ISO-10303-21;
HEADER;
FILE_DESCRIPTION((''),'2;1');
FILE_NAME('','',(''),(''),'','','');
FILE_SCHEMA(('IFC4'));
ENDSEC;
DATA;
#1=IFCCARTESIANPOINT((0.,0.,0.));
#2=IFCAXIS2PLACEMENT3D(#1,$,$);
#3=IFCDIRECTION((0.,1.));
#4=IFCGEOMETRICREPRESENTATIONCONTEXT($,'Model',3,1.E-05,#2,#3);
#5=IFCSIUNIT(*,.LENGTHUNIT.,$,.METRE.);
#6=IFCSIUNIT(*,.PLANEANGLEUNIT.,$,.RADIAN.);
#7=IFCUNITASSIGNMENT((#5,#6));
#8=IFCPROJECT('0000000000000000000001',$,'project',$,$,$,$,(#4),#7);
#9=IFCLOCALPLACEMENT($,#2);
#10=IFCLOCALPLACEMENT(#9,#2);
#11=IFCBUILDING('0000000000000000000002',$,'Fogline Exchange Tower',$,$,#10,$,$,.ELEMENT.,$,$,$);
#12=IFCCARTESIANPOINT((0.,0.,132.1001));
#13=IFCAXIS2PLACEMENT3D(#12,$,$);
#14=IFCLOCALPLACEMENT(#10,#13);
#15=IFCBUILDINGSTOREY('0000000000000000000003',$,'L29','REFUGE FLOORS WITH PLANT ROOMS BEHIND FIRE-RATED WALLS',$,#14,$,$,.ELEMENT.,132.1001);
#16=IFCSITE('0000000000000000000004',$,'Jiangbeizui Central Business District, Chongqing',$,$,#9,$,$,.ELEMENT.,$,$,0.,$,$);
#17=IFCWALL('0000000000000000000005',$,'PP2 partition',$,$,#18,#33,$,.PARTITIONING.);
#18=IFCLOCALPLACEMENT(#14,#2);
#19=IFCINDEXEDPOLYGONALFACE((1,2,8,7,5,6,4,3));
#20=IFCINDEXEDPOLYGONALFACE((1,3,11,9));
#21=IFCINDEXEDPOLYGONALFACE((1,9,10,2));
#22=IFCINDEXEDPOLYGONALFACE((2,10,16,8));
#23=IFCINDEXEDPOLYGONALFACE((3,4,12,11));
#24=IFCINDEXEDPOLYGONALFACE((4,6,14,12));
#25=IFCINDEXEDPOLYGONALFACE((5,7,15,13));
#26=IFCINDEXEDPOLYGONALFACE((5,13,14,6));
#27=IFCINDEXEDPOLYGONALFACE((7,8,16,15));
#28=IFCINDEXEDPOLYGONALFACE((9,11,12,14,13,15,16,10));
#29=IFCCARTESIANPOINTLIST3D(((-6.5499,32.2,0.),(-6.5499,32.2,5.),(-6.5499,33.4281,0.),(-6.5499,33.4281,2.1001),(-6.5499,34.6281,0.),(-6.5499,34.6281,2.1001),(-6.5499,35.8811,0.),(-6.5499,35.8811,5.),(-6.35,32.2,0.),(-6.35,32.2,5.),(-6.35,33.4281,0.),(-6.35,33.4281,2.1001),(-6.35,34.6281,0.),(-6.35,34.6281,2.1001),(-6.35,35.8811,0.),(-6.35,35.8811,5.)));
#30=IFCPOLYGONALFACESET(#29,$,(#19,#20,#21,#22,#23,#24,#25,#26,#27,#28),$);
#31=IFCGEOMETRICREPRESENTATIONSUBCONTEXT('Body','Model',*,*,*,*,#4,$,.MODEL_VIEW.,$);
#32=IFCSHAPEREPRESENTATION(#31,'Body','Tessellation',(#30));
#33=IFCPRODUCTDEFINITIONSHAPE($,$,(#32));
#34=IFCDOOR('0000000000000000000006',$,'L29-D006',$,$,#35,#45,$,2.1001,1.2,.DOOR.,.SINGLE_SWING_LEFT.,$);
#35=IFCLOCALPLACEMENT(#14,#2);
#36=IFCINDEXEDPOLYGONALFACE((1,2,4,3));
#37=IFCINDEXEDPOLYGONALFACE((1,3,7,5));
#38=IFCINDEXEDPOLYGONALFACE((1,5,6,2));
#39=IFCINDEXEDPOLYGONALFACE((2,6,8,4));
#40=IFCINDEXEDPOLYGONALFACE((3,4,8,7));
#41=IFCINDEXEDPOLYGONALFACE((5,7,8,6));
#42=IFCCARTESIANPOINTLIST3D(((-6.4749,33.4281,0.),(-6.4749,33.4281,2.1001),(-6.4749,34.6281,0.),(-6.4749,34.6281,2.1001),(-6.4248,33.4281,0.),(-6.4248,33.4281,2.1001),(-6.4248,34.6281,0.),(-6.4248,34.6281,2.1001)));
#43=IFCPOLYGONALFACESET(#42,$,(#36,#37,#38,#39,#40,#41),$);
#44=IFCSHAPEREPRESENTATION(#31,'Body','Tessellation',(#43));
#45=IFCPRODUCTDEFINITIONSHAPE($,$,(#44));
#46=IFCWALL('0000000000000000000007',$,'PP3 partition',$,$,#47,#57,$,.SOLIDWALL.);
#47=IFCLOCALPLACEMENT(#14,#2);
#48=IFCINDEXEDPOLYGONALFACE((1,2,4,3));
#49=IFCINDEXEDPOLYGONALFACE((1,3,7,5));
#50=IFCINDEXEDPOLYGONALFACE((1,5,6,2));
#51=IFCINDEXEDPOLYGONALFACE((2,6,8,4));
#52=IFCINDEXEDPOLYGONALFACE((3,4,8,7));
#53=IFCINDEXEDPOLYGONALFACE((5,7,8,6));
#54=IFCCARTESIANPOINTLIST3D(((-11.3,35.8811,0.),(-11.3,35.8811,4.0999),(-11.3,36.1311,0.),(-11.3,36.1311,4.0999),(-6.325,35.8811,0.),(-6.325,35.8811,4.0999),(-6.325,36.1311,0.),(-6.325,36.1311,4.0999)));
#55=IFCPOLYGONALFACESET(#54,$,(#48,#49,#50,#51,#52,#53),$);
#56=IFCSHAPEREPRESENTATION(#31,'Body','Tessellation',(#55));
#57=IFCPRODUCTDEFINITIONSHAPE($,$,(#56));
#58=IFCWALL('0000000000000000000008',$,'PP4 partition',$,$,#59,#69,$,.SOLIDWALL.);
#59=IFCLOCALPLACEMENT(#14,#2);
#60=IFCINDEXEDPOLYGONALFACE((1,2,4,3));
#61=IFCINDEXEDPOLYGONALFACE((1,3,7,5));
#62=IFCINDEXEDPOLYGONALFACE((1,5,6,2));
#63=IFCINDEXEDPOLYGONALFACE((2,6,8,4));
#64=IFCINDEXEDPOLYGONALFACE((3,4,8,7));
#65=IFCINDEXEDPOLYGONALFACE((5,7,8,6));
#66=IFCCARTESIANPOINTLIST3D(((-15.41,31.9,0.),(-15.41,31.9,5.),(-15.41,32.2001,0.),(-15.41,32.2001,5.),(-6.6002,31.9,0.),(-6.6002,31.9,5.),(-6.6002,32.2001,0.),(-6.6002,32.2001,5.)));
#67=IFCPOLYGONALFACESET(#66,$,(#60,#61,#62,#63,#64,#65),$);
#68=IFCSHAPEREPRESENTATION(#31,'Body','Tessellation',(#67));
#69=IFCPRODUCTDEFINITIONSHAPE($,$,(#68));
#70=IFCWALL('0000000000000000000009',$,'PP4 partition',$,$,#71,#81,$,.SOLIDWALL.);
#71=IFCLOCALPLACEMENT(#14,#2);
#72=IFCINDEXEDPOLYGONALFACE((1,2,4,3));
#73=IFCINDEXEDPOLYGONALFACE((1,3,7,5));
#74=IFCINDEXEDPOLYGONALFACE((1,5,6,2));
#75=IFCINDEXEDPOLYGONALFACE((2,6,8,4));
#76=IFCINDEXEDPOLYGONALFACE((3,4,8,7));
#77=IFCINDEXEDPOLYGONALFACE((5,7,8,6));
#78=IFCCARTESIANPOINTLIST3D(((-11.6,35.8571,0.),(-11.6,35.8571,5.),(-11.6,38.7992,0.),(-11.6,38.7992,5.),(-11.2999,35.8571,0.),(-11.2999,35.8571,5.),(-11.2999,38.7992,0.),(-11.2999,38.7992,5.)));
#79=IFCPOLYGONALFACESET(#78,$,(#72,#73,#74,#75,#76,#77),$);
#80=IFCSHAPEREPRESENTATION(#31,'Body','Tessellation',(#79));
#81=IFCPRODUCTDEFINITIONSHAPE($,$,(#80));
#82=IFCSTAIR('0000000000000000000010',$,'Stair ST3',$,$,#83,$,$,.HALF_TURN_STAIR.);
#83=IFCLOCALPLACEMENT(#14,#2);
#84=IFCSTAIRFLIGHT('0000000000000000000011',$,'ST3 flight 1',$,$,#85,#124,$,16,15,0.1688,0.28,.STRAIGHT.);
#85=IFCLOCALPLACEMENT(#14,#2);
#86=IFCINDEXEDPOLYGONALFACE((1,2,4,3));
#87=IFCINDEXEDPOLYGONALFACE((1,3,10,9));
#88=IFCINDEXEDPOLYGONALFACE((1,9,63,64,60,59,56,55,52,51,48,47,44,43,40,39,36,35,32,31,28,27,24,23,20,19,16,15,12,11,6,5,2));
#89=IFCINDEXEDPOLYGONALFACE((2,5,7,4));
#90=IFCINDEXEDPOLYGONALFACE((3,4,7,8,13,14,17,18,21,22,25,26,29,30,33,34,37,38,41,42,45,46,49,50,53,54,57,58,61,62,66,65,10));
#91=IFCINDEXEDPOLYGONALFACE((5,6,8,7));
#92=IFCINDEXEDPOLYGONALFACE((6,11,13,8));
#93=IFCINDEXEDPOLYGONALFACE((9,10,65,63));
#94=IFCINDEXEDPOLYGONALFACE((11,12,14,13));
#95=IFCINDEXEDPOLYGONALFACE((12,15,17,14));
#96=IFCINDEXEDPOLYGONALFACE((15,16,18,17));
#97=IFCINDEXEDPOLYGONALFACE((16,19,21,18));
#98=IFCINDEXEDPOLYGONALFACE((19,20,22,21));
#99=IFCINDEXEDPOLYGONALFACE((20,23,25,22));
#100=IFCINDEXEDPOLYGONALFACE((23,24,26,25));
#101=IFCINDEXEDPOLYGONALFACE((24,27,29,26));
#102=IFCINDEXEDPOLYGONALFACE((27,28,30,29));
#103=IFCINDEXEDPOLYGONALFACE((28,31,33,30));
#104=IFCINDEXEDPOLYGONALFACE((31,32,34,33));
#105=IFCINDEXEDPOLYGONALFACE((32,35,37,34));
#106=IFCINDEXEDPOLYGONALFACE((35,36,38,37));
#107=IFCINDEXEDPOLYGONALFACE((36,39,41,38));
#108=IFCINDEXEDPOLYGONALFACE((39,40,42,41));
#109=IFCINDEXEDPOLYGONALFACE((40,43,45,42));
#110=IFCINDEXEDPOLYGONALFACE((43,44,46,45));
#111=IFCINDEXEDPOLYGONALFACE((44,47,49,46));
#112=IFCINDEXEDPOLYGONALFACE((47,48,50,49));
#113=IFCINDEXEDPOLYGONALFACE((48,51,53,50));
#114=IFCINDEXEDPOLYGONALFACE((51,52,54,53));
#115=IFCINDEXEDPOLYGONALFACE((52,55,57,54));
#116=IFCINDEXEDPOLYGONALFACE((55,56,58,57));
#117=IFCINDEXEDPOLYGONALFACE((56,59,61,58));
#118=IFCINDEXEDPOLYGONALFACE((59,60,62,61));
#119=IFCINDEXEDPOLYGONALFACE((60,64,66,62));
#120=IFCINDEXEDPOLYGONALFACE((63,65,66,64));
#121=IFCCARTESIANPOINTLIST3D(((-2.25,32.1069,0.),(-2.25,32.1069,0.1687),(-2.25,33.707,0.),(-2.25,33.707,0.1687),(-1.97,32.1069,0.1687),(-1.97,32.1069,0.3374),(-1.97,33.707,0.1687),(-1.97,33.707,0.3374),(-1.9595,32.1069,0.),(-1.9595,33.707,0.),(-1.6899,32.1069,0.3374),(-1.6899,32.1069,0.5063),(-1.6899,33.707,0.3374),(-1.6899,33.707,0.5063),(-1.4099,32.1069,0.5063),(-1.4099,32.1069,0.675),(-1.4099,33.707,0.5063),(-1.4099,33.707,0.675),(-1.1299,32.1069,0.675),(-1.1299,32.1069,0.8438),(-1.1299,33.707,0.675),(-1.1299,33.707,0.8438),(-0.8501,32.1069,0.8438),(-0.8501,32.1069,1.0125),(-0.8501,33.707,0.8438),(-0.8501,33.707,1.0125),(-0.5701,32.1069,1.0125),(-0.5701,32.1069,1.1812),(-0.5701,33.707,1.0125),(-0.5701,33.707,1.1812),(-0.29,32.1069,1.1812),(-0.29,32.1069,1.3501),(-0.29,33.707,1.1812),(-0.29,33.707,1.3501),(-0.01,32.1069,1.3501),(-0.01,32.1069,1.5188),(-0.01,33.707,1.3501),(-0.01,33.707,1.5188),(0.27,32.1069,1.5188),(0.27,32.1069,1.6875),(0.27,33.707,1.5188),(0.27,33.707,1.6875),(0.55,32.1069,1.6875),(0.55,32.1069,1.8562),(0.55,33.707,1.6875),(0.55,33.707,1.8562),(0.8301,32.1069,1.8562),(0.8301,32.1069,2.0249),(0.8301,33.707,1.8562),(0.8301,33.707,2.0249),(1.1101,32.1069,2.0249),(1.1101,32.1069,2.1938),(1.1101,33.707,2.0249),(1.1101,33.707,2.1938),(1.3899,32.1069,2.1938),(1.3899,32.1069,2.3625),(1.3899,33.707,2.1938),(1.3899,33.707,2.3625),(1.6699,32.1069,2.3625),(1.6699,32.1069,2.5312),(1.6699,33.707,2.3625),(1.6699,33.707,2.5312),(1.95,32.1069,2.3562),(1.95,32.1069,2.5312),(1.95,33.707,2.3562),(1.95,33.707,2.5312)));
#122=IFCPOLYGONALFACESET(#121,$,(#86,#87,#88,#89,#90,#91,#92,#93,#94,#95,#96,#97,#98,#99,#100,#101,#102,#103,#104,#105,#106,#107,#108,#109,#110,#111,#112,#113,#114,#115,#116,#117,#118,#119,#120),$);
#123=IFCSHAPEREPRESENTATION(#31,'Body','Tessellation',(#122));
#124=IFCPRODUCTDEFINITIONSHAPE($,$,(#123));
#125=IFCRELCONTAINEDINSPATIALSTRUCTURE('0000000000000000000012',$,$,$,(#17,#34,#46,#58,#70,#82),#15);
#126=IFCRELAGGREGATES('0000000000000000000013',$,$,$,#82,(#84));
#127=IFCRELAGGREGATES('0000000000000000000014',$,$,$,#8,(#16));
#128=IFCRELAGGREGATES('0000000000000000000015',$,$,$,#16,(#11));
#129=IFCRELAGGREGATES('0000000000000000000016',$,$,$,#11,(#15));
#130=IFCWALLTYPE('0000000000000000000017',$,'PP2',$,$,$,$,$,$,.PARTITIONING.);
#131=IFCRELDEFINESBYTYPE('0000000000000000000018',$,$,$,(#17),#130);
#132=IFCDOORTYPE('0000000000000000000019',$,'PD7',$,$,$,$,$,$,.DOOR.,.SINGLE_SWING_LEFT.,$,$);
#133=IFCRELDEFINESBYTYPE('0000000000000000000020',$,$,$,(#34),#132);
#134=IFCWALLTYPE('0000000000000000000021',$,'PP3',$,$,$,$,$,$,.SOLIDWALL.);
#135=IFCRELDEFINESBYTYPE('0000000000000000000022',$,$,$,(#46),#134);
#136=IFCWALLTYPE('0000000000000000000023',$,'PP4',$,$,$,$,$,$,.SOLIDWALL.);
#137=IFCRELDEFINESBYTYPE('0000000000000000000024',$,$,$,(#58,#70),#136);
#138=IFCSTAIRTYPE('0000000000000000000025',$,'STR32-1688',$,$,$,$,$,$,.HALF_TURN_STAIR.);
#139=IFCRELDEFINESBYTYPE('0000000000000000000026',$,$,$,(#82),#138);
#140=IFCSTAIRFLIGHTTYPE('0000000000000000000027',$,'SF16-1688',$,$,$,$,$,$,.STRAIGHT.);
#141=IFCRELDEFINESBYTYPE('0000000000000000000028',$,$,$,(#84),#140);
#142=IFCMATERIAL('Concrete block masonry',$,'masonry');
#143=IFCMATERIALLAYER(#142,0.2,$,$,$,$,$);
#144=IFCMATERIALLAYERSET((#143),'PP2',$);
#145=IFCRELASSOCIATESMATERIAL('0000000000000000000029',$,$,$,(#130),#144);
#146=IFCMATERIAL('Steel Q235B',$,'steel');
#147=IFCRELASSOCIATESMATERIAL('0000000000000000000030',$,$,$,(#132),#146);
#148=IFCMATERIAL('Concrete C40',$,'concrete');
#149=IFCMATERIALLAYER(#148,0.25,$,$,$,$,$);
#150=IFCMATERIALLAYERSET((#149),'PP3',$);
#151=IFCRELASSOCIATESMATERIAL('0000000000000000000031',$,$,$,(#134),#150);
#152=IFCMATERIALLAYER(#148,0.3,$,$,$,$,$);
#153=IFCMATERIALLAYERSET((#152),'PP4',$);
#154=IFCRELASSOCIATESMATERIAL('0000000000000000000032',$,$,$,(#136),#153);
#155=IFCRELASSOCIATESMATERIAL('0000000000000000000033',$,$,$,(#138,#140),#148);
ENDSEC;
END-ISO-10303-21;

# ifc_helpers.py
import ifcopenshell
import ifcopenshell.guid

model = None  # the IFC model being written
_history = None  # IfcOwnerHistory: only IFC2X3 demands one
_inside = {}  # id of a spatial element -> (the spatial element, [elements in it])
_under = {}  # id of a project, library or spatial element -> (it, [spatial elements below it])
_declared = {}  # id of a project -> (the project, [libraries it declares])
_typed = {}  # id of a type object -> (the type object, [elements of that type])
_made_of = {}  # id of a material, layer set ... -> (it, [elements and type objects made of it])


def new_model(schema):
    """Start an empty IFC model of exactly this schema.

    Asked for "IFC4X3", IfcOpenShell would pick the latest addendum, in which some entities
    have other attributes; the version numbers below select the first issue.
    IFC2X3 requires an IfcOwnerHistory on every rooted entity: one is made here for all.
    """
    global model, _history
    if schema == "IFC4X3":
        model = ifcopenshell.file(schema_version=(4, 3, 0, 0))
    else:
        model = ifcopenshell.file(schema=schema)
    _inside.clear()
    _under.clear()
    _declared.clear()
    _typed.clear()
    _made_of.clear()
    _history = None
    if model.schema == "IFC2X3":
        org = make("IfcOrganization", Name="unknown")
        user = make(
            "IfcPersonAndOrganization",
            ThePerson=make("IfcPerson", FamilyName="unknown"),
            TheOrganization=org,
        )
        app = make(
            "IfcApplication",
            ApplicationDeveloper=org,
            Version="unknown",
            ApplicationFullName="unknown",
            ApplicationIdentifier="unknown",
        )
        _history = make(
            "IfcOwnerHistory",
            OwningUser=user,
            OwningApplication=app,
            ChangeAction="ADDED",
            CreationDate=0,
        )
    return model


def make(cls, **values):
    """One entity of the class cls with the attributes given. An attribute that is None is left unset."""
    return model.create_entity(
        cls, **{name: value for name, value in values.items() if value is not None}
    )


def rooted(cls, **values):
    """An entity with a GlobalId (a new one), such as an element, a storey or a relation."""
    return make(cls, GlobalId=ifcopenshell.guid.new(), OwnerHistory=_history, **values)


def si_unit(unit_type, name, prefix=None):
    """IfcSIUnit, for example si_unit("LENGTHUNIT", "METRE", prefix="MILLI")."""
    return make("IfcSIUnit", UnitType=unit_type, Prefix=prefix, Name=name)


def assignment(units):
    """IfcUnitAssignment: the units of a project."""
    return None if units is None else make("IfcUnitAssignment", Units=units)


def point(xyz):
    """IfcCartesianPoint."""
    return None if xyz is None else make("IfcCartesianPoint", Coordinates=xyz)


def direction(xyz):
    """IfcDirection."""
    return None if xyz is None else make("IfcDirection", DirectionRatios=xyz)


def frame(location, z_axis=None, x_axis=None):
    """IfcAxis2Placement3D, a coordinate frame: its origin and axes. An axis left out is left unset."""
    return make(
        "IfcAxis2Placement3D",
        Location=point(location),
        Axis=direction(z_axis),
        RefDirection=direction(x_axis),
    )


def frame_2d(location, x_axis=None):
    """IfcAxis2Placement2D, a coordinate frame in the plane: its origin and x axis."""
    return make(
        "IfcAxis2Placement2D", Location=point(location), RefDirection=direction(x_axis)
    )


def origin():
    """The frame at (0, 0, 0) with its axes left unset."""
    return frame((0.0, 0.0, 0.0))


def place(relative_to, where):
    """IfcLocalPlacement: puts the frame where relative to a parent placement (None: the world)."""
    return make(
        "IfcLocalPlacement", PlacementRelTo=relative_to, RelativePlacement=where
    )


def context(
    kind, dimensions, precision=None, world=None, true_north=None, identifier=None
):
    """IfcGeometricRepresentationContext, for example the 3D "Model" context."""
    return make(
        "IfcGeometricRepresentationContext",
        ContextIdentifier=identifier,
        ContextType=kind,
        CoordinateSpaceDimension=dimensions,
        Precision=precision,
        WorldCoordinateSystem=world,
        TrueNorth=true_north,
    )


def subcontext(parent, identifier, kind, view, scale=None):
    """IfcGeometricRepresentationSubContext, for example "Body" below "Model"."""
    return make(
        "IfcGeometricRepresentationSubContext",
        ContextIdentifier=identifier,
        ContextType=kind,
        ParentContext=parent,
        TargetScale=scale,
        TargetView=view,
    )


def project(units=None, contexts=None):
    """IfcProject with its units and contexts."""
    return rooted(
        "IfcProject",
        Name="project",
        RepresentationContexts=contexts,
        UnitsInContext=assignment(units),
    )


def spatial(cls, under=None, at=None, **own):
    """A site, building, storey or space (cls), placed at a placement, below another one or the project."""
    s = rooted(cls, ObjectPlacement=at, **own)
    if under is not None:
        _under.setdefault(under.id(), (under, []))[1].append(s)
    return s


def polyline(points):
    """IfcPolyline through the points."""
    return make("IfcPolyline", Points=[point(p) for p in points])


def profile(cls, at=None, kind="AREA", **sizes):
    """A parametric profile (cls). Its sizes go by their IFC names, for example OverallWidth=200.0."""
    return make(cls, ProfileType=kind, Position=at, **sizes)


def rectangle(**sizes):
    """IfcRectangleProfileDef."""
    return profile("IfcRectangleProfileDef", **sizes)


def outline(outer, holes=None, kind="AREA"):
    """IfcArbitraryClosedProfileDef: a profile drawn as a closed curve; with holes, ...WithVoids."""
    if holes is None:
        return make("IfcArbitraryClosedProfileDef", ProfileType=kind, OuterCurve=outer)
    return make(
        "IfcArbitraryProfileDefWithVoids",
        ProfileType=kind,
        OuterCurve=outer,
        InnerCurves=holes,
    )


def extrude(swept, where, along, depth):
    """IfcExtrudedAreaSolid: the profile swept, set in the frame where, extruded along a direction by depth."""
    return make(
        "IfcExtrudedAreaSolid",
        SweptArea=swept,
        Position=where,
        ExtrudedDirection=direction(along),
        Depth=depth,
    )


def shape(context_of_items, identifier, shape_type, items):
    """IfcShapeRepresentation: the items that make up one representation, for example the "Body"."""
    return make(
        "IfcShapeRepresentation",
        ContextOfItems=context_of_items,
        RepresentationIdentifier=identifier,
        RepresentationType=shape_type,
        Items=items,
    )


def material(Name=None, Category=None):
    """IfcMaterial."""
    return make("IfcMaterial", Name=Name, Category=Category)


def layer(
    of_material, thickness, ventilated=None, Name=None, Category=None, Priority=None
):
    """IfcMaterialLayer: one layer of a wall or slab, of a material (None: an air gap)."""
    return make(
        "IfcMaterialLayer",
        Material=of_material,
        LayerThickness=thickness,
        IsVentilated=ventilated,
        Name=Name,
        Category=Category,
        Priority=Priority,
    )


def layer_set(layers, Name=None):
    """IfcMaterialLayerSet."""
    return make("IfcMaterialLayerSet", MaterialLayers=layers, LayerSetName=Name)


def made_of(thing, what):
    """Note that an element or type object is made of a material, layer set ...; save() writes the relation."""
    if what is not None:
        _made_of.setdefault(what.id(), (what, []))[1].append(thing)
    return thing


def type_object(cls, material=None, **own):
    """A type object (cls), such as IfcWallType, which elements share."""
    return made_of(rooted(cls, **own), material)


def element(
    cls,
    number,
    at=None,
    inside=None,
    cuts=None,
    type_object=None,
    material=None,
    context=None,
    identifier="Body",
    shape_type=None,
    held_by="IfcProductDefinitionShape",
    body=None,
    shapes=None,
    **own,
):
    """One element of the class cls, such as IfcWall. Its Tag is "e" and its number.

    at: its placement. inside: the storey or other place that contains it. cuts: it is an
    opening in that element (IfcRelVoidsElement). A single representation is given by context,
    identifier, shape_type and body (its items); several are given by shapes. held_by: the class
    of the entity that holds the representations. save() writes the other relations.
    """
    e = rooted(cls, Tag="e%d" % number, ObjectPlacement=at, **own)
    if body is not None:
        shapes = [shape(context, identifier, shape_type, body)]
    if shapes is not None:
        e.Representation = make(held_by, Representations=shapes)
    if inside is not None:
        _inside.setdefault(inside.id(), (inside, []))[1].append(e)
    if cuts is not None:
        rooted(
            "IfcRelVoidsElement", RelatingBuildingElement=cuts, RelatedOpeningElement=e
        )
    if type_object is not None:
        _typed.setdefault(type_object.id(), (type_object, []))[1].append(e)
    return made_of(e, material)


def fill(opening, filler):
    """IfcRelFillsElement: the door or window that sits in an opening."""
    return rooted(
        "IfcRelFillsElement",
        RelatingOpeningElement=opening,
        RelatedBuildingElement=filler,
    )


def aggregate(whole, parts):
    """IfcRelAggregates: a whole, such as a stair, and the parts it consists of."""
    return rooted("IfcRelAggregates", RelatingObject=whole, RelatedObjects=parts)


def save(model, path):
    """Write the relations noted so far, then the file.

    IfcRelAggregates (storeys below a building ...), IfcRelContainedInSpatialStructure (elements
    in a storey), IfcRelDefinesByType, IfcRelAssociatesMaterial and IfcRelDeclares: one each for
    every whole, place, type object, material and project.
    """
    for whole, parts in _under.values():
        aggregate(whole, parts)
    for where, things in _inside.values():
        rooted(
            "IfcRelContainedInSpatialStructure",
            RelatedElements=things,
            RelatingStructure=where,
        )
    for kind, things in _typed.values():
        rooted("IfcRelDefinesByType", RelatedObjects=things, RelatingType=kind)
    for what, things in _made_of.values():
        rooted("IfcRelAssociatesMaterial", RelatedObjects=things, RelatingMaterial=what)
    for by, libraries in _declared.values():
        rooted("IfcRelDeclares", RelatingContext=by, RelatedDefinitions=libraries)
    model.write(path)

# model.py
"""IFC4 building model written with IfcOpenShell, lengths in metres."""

from ifc_helpers import new_model, si_unit, direction, frame, frame_2d, origin, place, context, subcontext, project, spatial, polyline, rectangle, outline, extrude, material, layer, layer_set, type_object, element, fill, aggregate, save


model = new_model("IFC4")

# Units and contexts
model_context = context("Model", 3, precision=1e-05, world=origin(), true_north=direction((0.0, 1.0)))
body_context = subcontext(model_context, "Body", "Model", "MODEL_VIEW")
ifc_project = project(units=[si_unit("LENGTHUNIT", "METRE"), si_unit("PLANEANGLEUNIT", "RADIAN")], contexts=[model_context])

# Site, building, storey
site_placement = place(None, origin())
site = spatial("IfcSite", under=ifc_project, at=site_placement, Name="Jiangbeizui Central Business District, Chongqing", CompositionType="ELEMENT", RefElevation=0.0)
building_placement = place(site_placement, origin())
building = spatial("IfcBuilding", under=site, at=building_placement, Name="Fogline Exchange Tower", CompositionType="ELEMENT")
storey_placement = place(building_placement, frame((0.0, 0.0, 132.1001)))
storey = spatial("IfcBuildingStorey", under=building, at=storey_placement, Name="L29", Description="REFUGE FLOORS WITH PLANT ROOMS BEHIND FIRE-RATED WALLS", CompositionType="ELEMENT", Elevation=132.1001)

# Shared definitions
ifc_material_1 = material(Name="Concrete C40", Category="concrete")

# Wall, opening, door
ifc_material_2 = material(Name="Concrete block masonry", Category="masonry")
ifc_layer_1 = layer(ifc_material_2, 0.2)
ifc_layer_set_1 = layer_set([ifc_layer_1], Name="PP2")
wall_type_1 = type_object("IfcWallType", Name="PP2", PredefinedType="PARTITIONING", material=ifc_layer_set_1)
wall_1_placement = place(storey_placement, frame((-6.45, 32.2, 0.0), z_axis=(0.0, 0.0, 1.0), x_axis=(0.0, 1.0, 0.0)))
wall_1 = element("IfcWall", 1, at=wall_1_placement, inside=storey, type_object=wall_type_1, Name="PP2 partition", PredefinedType="PARTITIONING", context=body_context, shape_type="SweptSolid", body=[
    extrude(rectangle(XDim=3.6812, YDim=0.2, at=frame_2d((1.8406, 0.0))), origin(), (0.0, 0.0, 1.0), 5.0),
])
opening_1_placement = place(wall_1_placement, frame((1.228, 0.0, 0.0)))
opening_1 = element("IfcOpeningElement", 2, at=opening_1_placement, cuts=wall_1, PredefinedType="OPENING", context=body_context, shape_type="SweptSolid", body=[
    extrude(rectangle(XDim=1.2, YDim=2.1001, at=frame_2d((0.6001, 1.05))), frame((0.0, 0.1099, 0.0), z_axis=(0.0, -1.0, 0.0), x_axis=(1.0, 0.0, 0.0)), (0.0, 0.0, 1.0), 0.22),
])
ifc_material_3 = material(Name="Steel Q235B", Category="steel")
door_type_1 = type_object("IfcDoorType", Name="PD7", OperationType="SINGLE_SWING_LEFT", PredefinedType="DOOR", material=ifc_material_3)
door_1_placement = place(opening_1_placement, origin())
door_1 = element("IfcDoor", 3, at=door_1_placement, inside=storey, type_object=door_type_1, Name="L29-D006", OperationType="SINGLE_SWING_LEFT", OverallHeight=2.1001, OverallWidth=1.2, PredefinedType="DOOR", context=body_context, shape_type="SweptSolid", body=[
    extrude(rectangle(XDim=1.2, YDim=2.1001, at=frame_2d((0.6001, 1.05))), frame((0.0, 0.0249, 0.0), z_axis=(0.0, -1.0, 0.0), x_axis=(1.0, 0.0, 0.0)), (0.0, 0.0, 1.0), 0.05),
])
fill(opening_1, door_1)

# Walls
ifc_layer_2 = layer(ifc_material_1, 0.25)
ifc_layer_set_2 = layer_set([ifc_layer_2], Name="PP3")
wall_type_2 = type_object("IfcWallType", Name="PP3", PredefinedType="SOLIDWALL", material=ifc_layer_set_2)
wall_2_placement = place(storey_placement, frame((-6.325, 36.0061, 0.0), z_axis=(0.0, 0.0, 1.0), x_axis=(-1.0, 0.0, 0.0)))
element("IfcWall", 4, at=wall_2_placement, inside=storey, type_object=wall_type_2, Name="PP3 partition", PredefinedType="SOLIDWALL", context=body_context, shape_type="SweptSolid", body=[
    extrude(rectangle(XDim=4.9751, YDim=0.25, at=frame_2d((2.4875, 0.0))), origin(), (0.0, 0.0, 1.0), 4.0999),
])
ifc_layer_3 = layer(ifc_material_1, 0.3)
ifc_layer_set_3 = layer_set([ifc_layer_3], Name="PP4")
wall_type_3 = type_object("IfcWallType", Name="PP4", PredefinedType="SOLIDWALL", material=ifc_layer_set_3)
wall_3_placement = place(storey_placement, frame((-15.4099, 32.05, 0.0), z_axis=(0.0, 0.0, 1.0), x_axis=(1.0, 0.0, 0.0)))
element("IfcWall", 5, at=wall_3_placement, inside=storey, type_object=wall_type_3, Name="PP4 partition", PredefinedType="SOLIDWALL", context=body_context, shape_type="SweptSolid", body=[
    extrude(rectangle(XDim=8.8098, YDim=0.3, at=frame_2d((4.4048, 0.0))), origin(), (0.0, 0.0, 1.0), 5.0),
])
wall_4_placement = place(storey_placement, frame((-11.45, 35.8569, 0.0), z_axis=(0.0, 0.0, 1.0), x_axis=(0.0, 1.0, 0.0)))
element("IfcWall", 6, at=wall_4_placement, inside=storey, type_object=wall_type_3, Name="PP4 partition", PredefinedType="SOLIDWALL", context=body_context, shape_type="SweptSolid", body=[
    extrude(rectangle(XDim=2.9421, YDim=0.3, at=frame_2d((1.4712, 0.0))), origin(), (0.0, 0.0, 1.0), 5.0),
])

# Stair, stair flight
stair_type = type_object("IfcStairType", Name="STR32-1688", PredefinedType="HALF_TURN_STAIR", material=ifc_material_1)
stair_placement = place(storey_placement, origin())
stair = element("IfcStair", 7, at=stair_placement, inside=storey, type_object=stair_type, Name="Stair ST3", PredefinedType="HALF_TURN_STAIR")
stair_flight_type = type_object("IfcStairFlightType", Name="SF16-1688", PredefinedType="STRAIGHT", material=ifc_material_1)
stair_flight_placement = place(storey_placement, frame((-2.25, 32.907, 0.0), z_axis=(0.0, 0.0, 1.0), x_axis=(1.0, 0.0, 0.0)))
stair_flight = element("IfcStairFlight", 8, at=stair_flight_placement, type_object=stair_flight_type, Name="ST3 flight 1", NumberOfRisers=16, NumberOfTreads=15, PredefinedType="STRAIGHT", RiserHeight=0.1688, TreadLength=0.28, context=body_context, shape_type="SweptSolid", body=[
    extrude(outline(polyline([(0.0, 0.0), (0.0, 0.1687), (0.28, 0.1687), (0.28, 0.3374), (0.5601, 0.3374), (0.5601, 0.5063), (0.8401, 0.5063), (0.8401, 0.675), (1.1201, 0.675), (1.1201, 0.8438), (1.3999, 0.8438), (1.3999, 1.0125), (1.6799, 1.0125), (1.6799, 1.1812), (1.96, 1.1812), (1.96, 1.3501), (2.24, 1.3501), (2.24, 1.5188), (2.52, 1.5188), (2.52, 1.6875), (2.8, 1.6875), (2.8, 1.8562), (3.0801, 1.8562), (3.0801, 2.0249), (3.3601, 2.0249), (3.3601, 2.1938), (3.6399, 2.1938), (3.6399, 2.3625), (3.9199, 2.3625), (3.9199, 2.5312), (4.2, 2.5312), (4.2, 2.7), (4.2, 2.3562), (0.2905, 0.0), (0.0, 0.0)])), frame((0.0, 0.8, 0.0), z_axis=(0.0, -1.0, 0.0), x_axis=(1.0, 0.0, 0.0)), (0.0, 0.0, 1.0), 1.6001),
])
aggregate(stair, [stair_flight])

save(model, "model.ifc")
